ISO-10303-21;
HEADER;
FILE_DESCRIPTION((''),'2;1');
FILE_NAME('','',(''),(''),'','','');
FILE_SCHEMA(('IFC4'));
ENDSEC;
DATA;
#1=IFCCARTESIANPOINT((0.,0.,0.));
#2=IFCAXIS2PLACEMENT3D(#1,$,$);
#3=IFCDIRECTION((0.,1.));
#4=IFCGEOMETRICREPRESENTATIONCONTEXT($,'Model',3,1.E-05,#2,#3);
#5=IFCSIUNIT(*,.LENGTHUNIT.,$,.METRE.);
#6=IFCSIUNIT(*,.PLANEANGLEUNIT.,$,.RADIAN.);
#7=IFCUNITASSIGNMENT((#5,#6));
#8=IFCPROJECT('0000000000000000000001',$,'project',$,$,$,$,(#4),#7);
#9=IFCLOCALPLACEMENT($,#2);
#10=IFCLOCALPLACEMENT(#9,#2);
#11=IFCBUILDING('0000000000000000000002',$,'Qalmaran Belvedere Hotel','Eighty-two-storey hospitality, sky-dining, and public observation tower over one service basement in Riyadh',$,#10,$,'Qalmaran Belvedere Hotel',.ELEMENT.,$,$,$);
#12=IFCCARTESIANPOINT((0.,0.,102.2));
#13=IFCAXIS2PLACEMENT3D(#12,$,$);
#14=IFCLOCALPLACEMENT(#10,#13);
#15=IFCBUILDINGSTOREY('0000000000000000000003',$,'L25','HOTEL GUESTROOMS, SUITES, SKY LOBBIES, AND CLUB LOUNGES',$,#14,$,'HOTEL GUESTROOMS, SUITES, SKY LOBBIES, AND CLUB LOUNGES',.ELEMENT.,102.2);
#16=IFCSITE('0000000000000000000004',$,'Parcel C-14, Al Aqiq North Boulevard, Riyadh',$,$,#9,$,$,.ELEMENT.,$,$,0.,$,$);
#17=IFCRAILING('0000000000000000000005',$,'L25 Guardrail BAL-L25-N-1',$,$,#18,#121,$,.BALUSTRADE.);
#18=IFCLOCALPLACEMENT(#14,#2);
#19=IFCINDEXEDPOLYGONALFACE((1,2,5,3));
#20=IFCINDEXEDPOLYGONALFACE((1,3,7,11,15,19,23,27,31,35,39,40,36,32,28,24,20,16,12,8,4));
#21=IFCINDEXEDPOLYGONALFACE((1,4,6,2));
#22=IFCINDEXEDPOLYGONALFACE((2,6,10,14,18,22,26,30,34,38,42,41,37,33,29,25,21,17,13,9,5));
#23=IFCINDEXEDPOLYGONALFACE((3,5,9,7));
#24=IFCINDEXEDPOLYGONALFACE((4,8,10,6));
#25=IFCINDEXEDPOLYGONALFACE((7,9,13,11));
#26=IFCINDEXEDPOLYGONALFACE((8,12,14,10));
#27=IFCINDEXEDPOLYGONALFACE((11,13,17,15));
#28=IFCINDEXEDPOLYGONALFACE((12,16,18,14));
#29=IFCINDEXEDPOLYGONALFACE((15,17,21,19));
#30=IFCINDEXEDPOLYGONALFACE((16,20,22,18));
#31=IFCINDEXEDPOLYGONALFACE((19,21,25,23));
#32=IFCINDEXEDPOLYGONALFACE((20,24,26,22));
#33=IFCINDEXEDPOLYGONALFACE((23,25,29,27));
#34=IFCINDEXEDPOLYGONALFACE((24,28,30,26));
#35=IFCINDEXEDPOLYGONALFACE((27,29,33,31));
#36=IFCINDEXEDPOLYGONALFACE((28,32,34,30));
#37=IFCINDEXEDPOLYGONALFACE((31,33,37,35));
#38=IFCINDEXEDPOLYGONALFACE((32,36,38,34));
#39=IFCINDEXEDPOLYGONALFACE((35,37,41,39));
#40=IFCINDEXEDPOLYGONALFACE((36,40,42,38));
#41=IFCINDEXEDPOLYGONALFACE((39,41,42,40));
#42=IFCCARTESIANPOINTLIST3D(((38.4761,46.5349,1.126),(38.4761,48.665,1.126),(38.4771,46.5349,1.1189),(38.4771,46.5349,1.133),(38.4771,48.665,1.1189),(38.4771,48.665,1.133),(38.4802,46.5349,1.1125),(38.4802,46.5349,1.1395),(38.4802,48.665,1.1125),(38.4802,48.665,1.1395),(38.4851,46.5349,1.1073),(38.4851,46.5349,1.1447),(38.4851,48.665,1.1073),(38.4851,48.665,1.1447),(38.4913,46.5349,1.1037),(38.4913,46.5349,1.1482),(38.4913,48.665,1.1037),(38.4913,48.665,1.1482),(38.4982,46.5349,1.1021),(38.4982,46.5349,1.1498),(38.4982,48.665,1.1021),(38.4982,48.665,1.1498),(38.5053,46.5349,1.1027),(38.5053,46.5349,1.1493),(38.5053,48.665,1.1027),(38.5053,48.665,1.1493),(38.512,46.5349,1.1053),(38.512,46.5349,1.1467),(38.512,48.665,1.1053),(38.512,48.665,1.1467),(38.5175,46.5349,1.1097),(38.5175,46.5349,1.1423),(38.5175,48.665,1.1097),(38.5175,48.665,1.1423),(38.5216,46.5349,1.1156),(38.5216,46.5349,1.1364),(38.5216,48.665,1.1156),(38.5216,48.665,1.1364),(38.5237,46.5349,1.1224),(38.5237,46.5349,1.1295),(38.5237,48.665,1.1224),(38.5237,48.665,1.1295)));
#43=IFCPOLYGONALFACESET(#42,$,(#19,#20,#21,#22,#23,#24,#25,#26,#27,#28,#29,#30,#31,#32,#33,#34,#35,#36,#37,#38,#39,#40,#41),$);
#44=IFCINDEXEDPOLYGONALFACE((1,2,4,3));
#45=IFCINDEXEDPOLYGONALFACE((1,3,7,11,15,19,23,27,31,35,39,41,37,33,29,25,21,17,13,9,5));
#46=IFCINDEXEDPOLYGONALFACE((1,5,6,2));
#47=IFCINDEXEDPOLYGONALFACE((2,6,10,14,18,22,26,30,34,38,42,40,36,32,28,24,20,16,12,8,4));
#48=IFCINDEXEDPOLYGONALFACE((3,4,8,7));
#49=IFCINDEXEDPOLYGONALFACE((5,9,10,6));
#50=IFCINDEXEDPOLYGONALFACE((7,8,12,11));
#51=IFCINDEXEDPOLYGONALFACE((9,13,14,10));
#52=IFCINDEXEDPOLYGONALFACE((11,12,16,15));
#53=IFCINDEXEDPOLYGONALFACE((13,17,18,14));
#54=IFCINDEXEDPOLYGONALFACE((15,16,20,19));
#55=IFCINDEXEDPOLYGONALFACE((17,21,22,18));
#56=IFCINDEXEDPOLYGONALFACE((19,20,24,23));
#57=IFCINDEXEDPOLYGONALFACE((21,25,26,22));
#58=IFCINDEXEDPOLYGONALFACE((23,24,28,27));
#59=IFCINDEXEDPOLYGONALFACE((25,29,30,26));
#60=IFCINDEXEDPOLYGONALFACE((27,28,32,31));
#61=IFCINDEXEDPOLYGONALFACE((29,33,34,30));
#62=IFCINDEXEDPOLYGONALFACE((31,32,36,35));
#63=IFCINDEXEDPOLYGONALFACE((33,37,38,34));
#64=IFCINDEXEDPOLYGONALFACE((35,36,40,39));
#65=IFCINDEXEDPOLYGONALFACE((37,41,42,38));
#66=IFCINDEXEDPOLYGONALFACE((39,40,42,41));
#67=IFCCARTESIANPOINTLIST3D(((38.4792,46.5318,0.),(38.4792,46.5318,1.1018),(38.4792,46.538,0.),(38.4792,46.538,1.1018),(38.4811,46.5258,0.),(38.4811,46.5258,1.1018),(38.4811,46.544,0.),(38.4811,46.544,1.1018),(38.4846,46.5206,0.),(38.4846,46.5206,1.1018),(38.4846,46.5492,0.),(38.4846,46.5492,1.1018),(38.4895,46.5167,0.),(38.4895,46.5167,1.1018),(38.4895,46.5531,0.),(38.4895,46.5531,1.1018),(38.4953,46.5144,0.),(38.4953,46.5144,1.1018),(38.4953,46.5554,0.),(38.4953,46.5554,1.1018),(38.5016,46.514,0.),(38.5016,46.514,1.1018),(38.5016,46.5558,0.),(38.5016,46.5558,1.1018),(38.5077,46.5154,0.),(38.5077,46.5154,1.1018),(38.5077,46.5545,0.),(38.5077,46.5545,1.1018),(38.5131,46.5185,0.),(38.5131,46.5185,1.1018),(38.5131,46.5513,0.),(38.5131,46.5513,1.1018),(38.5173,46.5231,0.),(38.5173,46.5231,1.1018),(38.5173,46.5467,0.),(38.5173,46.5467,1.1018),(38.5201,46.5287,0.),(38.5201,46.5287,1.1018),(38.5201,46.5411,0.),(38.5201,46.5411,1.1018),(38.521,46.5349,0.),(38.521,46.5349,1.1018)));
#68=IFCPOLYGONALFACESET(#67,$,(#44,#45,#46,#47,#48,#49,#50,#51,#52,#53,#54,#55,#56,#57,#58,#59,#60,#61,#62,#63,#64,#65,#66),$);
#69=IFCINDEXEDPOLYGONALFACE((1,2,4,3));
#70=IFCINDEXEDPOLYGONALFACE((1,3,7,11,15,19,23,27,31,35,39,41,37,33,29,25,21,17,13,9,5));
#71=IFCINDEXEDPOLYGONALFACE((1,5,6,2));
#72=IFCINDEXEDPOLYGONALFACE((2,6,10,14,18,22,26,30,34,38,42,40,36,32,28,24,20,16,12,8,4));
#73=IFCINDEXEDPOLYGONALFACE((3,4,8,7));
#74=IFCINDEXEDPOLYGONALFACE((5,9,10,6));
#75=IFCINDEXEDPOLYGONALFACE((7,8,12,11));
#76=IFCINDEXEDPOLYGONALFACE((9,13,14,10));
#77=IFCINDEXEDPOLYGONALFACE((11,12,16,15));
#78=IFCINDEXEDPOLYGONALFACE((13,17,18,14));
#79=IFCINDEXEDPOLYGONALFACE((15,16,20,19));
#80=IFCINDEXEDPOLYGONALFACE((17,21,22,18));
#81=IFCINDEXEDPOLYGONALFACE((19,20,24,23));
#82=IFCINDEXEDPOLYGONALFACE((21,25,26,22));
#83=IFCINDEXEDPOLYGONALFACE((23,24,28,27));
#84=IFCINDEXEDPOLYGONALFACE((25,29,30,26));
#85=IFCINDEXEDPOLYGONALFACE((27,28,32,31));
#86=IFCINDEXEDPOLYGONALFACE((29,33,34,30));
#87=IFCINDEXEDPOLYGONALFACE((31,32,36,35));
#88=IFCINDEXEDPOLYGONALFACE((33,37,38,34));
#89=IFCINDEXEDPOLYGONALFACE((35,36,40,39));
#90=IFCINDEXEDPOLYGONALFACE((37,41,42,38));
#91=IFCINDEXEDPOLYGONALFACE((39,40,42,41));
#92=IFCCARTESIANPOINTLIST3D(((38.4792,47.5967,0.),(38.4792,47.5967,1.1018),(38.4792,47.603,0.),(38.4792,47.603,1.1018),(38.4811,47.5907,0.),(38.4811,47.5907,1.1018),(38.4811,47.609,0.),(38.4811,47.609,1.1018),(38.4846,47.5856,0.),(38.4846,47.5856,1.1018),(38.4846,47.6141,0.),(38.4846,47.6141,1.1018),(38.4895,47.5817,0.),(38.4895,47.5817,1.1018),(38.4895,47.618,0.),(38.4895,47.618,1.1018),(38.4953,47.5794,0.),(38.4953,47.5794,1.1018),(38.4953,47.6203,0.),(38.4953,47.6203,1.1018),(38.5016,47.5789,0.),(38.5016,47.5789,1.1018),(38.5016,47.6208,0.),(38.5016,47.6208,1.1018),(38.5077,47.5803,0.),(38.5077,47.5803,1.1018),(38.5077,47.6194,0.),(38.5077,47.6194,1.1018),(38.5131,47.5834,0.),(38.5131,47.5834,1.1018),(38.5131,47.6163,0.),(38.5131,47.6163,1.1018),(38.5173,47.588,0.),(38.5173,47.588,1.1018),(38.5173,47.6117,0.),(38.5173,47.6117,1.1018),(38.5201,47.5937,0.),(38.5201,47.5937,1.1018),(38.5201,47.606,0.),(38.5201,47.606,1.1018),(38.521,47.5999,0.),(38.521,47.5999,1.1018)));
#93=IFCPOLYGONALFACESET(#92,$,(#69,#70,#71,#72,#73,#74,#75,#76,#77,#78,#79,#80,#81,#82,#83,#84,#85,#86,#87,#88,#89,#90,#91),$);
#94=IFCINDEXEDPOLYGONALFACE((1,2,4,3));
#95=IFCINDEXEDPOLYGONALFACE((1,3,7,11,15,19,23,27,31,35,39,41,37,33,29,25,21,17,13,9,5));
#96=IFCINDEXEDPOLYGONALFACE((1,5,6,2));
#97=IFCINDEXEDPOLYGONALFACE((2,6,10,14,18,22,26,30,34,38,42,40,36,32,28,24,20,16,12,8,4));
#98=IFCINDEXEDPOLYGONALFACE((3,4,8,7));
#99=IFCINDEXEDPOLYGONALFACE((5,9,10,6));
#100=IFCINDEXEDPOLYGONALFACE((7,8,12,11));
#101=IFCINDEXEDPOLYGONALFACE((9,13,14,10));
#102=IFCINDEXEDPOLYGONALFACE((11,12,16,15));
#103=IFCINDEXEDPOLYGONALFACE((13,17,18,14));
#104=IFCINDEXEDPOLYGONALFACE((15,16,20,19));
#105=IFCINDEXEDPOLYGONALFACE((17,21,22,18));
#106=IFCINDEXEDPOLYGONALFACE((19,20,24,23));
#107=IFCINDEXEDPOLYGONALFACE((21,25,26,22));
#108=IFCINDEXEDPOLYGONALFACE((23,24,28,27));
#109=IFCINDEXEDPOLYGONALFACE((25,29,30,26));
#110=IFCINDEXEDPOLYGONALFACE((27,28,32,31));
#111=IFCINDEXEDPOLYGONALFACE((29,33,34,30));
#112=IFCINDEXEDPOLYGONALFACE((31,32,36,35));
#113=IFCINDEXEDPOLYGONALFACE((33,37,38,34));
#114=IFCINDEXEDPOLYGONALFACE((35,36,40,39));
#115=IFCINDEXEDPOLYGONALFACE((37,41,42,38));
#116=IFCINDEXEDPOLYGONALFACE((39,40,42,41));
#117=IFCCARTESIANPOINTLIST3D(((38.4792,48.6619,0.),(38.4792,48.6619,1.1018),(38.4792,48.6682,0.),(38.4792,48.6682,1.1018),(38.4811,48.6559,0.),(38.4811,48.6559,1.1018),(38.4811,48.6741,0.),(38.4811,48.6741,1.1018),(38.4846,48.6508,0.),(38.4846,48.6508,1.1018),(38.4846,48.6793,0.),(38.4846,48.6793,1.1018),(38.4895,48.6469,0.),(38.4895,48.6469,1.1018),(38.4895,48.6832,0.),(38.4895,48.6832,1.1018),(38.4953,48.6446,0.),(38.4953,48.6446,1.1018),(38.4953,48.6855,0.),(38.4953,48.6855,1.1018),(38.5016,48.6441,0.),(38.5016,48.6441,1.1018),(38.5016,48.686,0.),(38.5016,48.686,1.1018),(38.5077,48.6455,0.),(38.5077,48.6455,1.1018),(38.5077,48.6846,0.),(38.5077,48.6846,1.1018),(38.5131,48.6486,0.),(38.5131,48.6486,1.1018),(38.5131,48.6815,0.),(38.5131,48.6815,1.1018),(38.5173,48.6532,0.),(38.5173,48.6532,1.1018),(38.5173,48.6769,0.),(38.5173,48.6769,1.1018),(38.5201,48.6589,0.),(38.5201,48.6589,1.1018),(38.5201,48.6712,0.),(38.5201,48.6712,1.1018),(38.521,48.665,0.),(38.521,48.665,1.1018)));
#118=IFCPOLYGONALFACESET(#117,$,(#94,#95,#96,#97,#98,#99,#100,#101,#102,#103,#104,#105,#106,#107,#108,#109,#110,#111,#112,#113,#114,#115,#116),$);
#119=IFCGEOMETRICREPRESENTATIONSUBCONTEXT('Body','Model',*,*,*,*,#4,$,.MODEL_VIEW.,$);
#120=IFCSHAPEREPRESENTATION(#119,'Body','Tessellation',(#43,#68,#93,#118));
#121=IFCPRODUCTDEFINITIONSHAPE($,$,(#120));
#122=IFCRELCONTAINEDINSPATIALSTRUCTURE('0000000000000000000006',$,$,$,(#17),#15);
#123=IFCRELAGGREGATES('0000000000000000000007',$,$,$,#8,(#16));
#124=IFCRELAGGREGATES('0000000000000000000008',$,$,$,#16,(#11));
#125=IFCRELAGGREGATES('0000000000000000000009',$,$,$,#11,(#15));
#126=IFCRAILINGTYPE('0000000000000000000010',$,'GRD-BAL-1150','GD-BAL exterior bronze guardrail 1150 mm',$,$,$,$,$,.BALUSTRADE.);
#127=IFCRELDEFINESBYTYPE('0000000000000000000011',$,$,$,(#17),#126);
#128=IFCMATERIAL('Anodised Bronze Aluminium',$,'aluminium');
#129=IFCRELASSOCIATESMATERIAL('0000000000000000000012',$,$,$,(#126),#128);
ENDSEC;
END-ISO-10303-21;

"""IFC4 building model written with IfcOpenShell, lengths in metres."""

from ifc_helpers import new_model, si_unit, direction, frame, origin, origin_2d, place, context, subcontext, project, spatial, circle, extrude, material, type_object, element, save


model = new_model("IFC4")

# Units and contexts
model_context = context("Model", 3, precision=1e-05, world=origin(), true_north=direction((0.0, 1.0)))
body_context = subcontext(model_context, "Body", "Model", "MODEL_VIEW")
ifc_project = project(units=[si_unit("LENGTHUNIT", "METRE"), si_unit("PLANEANGLEUNIT", "RADIAN")], contexts=[model_context])

# Site, building, storey
site_placement = place(None, origin())
site = spatial("IfcSite", under=ifc_project, at=site_placement, Name="Parcel C-14, Al Aqiq North Boulevard, Riyadh", CompositionType="ELEMENT", RefElevation=0.0)
building_placement = place(site_placement, origin())
building = spatial("IfcBuilding", under=site, at=building_placement, Name="Qalmaran Belvedere Hotel", Description="Eighty-two-storey hospitality, sky-dining, and public observation tower over one service basement in Riyadh", LongName="Qalmaran Belvedere Hotel", CompositionType="ELEMENT")
storey_placement = place(building_placement, frame((0.0, 0.0, 102.2)))
storey = spatial("IfcBuildingStorey", under=building, at=storey_placement, Name="L25", Description="HOTEL GUESTROOMS, SUITES, SKY LOBBIES, AND CLUB LOUNGES", LongName="HOTEL GUESTROOMS, SUITES, SKY LOBBIES, AND CLUB LOUNGES", CompositionType="ELEMENT", Elevation=102.2)

# Shared definitions
ifc_material_1 = material(Name="Anodised Bronze Aluminium", Category="aluminium")

# Railing
railing_type = type_object("IfcRailingType", Name="GRD-BAL-1150", Description="GD-BAL exterior bronze guardrail 1150 mm", PredefinedType="BALUSTRADE", material=ifc_material_1)
railing_1_placement = place(storey_placement, frame((38.5, 46.5349, 0.0)))
element("IfcRailing", 1, at=railing_1_placement, inside=storey, type_object=railing_type, Name="L25 Guardrail BAL-L25-N-1", PredefinedType="BALUSTRADE", context=body_context, shape_type="SweptSolid", body=[
    extrude(circle(Radius=0.0239, at=origin_2d()), frame((0.0, 0.0, 1.126), z_axis=(0.0, 1.0, 0.0), x_axis=(-1.0, 0.0, 0.0)), (0.0, 0.0, 1.0), 2.1301),
    extrude(circle(Radius=0.021, at=origin_2d()), origin(), (0.0, 0.0, 1.0), 1.1018),
    extrude(circle(Radius=0.021, at=origin_2d()), frame((0.0, 1.0649, 0.0)), (0.0, 0.0, 1.0), 1.1018),
    extrude(circle(Radius=0.021, at=origin_2d()), frame((0.0, 2.1301, 0.0)), (0.0, 0.0, 1.0), 1.1018),
])

save(model, "model.ifc")
